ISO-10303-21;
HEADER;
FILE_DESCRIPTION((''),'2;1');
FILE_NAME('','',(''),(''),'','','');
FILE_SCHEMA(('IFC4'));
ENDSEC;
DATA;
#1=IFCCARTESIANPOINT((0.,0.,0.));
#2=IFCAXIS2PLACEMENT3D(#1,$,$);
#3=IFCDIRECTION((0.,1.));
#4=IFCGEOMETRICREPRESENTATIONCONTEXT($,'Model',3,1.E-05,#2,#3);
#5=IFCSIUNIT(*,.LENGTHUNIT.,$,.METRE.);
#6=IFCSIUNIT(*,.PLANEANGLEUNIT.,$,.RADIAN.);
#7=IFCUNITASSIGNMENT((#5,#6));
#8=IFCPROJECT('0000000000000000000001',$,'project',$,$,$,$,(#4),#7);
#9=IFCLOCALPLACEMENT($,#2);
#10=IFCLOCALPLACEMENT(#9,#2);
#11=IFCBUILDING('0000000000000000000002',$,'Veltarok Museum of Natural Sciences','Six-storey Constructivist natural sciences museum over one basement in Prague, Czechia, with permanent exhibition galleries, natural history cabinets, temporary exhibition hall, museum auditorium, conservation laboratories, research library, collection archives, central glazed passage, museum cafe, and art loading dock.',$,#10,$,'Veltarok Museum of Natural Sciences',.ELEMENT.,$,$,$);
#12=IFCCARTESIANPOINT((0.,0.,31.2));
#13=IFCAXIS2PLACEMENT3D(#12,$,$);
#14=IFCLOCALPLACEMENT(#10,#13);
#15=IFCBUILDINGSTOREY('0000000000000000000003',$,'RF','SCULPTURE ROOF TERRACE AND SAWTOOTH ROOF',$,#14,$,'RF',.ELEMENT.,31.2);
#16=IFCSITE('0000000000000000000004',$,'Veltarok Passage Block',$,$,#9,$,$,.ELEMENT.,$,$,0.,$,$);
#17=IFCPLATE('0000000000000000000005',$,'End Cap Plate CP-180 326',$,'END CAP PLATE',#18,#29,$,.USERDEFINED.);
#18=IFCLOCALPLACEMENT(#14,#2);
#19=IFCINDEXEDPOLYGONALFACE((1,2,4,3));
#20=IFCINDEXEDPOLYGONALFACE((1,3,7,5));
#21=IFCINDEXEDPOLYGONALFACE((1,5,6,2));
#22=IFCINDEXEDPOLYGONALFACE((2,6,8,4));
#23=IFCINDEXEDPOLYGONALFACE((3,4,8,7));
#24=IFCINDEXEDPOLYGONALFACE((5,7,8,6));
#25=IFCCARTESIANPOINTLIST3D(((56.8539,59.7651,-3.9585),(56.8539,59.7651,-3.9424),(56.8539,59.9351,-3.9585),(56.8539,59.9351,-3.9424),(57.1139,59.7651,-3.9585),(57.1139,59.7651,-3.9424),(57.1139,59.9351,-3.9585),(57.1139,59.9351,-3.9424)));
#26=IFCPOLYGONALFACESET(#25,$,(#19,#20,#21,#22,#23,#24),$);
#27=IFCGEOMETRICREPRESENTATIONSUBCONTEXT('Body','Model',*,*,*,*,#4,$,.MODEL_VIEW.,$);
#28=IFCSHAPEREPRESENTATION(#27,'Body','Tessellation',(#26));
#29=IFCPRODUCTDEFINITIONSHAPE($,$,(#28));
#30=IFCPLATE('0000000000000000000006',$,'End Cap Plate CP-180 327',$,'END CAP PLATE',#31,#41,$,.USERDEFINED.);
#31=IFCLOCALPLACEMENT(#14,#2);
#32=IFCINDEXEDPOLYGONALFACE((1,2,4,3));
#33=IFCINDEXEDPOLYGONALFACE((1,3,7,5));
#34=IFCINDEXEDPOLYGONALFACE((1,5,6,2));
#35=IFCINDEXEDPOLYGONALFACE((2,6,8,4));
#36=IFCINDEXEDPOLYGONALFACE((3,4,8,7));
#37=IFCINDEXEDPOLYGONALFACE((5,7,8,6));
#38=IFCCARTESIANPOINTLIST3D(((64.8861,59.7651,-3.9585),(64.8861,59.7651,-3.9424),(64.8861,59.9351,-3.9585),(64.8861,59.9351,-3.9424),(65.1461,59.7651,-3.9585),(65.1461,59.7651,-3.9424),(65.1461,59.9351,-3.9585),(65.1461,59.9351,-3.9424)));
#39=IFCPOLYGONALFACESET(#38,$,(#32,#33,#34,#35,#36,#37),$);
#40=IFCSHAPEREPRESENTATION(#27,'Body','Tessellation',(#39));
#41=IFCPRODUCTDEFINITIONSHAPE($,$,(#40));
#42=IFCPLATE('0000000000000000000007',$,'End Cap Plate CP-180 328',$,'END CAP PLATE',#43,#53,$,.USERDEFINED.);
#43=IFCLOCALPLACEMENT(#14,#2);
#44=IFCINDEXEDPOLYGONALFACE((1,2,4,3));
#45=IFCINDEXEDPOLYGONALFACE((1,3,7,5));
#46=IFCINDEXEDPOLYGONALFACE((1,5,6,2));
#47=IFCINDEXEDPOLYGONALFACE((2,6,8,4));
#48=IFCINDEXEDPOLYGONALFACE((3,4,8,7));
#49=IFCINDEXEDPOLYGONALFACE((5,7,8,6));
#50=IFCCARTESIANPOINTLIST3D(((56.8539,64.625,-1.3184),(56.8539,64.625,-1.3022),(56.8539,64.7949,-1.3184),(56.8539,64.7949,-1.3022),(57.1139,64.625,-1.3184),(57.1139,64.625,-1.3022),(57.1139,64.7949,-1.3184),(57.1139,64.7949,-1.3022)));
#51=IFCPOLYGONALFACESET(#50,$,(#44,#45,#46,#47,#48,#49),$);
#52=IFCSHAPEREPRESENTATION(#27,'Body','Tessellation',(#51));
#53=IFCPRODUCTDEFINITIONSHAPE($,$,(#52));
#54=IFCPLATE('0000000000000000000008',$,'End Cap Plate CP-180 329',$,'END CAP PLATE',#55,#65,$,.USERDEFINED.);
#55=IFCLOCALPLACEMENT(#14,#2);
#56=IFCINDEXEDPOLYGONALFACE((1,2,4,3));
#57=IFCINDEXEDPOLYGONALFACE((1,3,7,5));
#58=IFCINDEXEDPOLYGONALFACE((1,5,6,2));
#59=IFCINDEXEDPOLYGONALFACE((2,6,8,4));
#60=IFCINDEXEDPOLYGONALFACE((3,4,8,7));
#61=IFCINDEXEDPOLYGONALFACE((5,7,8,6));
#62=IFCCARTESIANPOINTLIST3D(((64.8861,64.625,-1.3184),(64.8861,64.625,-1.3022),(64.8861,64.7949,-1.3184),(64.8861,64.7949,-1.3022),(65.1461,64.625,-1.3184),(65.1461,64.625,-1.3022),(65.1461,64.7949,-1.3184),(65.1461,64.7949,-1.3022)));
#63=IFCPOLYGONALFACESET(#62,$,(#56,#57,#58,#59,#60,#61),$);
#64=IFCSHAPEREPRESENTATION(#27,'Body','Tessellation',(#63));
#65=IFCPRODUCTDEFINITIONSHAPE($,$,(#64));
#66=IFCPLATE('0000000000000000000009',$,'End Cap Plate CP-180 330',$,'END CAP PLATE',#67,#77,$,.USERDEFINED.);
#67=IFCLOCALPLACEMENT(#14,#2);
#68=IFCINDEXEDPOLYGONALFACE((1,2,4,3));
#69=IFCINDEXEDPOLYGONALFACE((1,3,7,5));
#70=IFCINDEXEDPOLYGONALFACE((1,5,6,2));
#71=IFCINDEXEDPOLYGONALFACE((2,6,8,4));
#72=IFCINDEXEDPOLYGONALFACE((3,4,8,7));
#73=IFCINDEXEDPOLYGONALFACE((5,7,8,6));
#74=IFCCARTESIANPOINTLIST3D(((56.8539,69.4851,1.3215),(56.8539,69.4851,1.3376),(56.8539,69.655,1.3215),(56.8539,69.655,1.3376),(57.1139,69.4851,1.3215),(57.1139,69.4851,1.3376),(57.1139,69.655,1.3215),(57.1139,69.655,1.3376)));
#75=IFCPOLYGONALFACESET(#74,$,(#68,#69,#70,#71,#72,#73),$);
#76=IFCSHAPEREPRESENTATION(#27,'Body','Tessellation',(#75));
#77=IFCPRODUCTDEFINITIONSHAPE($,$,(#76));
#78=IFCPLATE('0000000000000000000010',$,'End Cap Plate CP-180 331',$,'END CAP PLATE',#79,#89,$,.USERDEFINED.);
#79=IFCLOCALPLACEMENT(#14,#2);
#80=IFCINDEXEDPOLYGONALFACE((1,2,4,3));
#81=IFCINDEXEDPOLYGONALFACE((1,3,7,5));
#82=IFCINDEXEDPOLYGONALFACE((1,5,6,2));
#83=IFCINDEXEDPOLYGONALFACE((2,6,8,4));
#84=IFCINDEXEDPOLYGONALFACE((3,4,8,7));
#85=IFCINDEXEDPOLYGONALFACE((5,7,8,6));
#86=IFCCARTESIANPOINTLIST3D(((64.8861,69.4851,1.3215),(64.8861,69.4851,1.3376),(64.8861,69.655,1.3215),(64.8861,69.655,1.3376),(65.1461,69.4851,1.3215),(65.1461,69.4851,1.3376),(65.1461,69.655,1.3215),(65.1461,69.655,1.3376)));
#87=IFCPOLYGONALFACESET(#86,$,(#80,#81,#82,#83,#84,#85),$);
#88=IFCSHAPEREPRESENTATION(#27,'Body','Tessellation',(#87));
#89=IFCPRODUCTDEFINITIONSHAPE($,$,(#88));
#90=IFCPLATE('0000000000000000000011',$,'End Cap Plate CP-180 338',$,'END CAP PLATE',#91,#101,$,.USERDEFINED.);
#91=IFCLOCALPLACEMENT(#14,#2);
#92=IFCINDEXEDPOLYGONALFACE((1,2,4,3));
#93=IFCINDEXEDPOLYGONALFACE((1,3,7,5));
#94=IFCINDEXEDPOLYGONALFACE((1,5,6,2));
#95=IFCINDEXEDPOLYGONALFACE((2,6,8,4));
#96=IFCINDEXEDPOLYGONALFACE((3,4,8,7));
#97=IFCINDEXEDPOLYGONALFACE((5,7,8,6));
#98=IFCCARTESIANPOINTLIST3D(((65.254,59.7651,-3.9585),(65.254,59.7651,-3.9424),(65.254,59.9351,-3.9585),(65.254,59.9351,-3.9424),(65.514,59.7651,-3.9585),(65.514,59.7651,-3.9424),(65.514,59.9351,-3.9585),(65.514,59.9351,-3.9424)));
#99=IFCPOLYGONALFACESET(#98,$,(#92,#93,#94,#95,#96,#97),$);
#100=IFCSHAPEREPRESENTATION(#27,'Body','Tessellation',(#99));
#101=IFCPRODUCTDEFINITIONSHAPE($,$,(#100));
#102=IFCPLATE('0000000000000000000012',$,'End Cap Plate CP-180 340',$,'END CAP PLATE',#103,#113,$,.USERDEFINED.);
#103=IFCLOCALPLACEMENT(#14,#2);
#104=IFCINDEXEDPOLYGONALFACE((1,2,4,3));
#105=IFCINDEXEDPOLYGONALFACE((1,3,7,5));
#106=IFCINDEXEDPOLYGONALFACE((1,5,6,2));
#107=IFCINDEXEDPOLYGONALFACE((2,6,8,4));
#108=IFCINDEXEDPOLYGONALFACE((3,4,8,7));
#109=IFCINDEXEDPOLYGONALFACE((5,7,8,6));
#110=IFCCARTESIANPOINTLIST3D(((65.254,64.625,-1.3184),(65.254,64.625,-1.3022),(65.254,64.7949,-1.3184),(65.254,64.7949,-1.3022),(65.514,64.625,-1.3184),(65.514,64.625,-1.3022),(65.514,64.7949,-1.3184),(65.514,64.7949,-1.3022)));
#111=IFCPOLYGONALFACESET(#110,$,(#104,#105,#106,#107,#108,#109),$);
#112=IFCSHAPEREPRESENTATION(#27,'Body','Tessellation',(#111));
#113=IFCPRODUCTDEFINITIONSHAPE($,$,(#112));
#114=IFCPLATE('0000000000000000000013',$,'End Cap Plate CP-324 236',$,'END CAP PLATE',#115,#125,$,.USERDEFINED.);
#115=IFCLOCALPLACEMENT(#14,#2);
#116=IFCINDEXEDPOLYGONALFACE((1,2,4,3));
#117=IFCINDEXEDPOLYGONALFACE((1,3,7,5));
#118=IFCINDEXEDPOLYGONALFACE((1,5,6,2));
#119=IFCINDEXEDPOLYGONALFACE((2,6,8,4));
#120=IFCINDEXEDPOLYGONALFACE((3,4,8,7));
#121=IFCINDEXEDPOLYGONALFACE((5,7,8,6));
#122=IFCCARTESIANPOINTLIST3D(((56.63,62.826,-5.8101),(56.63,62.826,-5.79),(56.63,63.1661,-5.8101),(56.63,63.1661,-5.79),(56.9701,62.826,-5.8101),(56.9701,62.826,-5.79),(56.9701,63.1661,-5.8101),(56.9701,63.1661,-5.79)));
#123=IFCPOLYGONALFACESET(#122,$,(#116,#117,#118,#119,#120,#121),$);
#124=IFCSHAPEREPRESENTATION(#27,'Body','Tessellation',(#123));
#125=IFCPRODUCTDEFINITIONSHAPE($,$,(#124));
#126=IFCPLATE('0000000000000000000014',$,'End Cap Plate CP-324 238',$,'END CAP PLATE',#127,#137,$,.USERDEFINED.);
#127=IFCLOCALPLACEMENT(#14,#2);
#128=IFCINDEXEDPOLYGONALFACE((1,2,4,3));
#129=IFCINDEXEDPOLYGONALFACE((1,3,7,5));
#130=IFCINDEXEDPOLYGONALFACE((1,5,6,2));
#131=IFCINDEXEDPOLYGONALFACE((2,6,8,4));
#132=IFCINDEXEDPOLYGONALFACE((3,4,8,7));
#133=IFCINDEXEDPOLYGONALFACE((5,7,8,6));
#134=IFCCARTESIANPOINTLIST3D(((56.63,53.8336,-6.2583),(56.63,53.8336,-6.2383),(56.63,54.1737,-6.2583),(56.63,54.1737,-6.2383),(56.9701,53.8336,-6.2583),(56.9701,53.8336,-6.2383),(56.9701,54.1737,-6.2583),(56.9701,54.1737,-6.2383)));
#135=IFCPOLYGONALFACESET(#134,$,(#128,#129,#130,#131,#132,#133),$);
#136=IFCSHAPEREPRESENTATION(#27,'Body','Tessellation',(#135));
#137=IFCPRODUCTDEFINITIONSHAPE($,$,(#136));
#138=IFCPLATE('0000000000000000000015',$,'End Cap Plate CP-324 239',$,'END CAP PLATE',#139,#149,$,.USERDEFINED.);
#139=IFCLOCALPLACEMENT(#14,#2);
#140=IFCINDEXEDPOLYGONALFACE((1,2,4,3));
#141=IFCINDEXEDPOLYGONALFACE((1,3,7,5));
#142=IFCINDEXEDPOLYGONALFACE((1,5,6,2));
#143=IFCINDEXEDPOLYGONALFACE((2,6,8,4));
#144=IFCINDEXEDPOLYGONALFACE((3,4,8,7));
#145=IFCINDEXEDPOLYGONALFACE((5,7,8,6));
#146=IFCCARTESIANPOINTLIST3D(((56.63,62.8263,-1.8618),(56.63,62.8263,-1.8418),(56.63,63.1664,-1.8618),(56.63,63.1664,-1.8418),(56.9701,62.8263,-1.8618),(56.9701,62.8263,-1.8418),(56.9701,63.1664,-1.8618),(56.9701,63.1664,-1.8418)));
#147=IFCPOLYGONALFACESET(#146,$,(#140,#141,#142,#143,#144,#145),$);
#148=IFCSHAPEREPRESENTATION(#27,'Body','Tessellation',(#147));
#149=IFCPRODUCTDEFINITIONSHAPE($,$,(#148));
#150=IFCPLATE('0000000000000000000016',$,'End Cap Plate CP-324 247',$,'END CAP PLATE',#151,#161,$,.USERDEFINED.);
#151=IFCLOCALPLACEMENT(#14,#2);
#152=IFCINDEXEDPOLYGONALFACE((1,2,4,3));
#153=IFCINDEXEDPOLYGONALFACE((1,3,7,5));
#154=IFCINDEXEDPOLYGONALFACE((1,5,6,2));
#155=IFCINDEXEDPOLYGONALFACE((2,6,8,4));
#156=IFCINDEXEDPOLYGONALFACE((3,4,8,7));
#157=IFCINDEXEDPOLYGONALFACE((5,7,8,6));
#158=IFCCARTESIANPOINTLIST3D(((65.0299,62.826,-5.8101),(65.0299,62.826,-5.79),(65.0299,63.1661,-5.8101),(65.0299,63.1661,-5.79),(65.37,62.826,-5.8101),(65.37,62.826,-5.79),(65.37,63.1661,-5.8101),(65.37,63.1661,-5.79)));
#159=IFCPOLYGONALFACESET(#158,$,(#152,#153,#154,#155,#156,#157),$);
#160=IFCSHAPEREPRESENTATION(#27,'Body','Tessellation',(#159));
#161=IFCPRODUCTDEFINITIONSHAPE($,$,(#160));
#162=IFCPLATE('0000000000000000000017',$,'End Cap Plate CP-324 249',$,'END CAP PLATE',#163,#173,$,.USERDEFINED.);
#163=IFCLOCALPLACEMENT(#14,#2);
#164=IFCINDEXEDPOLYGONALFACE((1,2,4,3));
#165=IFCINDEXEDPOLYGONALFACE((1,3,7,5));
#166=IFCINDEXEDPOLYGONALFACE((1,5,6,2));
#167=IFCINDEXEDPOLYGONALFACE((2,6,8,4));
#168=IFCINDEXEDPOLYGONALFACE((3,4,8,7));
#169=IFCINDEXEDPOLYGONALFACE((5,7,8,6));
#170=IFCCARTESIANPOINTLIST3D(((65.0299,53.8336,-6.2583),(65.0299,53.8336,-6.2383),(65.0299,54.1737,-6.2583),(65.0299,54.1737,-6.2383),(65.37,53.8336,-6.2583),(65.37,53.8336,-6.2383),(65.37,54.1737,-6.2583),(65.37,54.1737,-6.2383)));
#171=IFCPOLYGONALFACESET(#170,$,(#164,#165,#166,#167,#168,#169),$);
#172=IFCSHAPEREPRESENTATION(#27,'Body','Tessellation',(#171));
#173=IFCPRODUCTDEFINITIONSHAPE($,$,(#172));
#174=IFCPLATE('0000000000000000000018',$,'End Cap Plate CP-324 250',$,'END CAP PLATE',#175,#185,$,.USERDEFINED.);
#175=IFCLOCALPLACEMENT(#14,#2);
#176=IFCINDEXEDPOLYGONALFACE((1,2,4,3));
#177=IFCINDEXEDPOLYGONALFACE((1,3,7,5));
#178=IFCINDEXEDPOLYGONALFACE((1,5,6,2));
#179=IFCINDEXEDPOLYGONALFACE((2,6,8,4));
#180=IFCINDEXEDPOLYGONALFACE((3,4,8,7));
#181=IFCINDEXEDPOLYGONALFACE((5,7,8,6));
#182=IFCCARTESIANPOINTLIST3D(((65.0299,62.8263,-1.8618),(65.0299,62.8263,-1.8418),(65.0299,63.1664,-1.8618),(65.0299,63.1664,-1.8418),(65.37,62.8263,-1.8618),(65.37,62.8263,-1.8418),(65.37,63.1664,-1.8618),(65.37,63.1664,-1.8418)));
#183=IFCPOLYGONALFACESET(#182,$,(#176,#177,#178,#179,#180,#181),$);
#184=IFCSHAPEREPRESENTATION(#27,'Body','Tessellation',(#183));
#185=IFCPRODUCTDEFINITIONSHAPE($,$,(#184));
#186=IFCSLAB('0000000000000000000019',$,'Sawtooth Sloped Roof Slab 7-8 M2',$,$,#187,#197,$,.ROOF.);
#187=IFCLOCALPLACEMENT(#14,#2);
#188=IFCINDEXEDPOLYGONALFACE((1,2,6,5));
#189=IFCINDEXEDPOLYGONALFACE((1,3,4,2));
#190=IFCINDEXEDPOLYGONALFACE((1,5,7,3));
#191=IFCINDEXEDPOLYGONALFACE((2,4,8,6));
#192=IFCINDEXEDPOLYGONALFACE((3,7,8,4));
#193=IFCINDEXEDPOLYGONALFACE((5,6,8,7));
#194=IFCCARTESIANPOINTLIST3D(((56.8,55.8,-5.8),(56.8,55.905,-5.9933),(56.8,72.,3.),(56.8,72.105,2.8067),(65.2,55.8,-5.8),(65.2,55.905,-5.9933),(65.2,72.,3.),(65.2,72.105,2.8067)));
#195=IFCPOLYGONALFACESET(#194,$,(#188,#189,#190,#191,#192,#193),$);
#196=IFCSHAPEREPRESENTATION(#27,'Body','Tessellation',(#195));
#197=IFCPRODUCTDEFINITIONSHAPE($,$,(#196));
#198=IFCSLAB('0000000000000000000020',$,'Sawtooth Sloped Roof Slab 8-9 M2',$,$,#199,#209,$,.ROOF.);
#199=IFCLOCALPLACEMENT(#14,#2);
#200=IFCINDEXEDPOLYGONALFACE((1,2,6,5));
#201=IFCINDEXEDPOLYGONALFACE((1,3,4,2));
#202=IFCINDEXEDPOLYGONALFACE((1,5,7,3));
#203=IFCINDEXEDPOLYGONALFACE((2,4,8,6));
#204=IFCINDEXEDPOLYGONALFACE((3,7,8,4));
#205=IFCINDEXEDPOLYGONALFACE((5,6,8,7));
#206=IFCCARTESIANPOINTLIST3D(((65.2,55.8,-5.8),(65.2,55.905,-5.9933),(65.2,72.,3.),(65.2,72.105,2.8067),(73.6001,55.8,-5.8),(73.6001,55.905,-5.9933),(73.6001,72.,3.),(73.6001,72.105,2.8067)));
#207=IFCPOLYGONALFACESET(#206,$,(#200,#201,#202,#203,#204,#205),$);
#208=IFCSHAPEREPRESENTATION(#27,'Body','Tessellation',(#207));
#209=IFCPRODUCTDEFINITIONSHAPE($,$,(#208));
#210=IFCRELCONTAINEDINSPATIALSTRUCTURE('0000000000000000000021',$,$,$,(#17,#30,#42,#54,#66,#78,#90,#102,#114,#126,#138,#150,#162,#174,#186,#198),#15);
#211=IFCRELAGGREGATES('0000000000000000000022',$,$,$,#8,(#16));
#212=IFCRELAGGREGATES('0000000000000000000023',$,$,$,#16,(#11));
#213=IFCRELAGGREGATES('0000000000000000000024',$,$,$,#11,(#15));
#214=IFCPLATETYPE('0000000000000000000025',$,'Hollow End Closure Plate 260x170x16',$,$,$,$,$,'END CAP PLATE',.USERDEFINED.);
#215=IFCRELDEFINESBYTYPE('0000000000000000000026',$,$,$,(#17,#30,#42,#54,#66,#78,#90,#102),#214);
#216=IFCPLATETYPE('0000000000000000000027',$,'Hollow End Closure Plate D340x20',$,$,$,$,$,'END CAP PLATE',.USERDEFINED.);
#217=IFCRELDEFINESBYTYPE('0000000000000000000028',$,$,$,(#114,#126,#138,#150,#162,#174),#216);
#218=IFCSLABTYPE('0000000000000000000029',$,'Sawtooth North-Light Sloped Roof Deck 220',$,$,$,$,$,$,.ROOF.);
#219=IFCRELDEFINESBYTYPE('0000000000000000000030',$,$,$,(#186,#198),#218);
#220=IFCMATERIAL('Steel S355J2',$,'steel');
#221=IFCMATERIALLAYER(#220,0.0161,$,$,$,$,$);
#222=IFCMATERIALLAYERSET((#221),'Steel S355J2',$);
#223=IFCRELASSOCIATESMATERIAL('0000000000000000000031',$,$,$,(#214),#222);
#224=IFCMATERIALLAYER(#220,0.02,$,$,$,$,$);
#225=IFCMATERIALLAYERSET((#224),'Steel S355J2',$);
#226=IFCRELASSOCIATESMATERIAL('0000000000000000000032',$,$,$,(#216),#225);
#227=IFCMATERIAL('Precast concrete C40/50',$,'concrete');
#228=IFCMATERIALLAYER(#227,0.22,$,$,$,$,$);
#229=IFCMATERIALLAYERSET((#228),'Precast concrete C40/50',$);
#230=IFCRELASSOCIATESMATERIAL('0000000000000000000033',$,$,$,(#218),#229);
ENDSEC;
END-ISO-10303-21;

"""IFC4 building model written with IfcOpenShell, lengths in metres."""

from ifc_helpers import new_model, si_unit, direction, frame, origin, origin_2d, place, context, subcontext, project, spatial, polyline, rectangle, outline, extrude, material, layer, layer_set, type_object, element, save


model = new_model("IFC4")

# Units and contexts
model_context = context("Model", 3, precision=1e-05, world=origin(), true_north=direction((0.0, 1.0)))
body_context = subcontext(model_context, "Body", "Model", "MODEL_VIEW")
ifc_project = project(units=[si_unit("LENGTHUNIT", "METRE"), si_unit("PLANEANGLEUNIT", "RADIAN")], contexts=[model_context])

# Site, building, storey
site_placement = place(None, origin())
site = spatial("IfcSite", under=ifc_project, at=site_placement, Name="Veltarok Passage Block", CompositionType="ELEMENT", RefElevation=0.0)
building_placement = place(site_placement, origin())
building = spatial("IfcBuilding", under=site, at=building_placement, Name="Veltarok Museum of Natural Sciences", Description="Six-storey Constructivist natural sciences museum over one basement in Prague, Czechia, with permanent exhibition galleries, natural history cabinets, temporary exhibition hall, museum auditorium, conservation laboratories, research library, collection archives, central glazed passage, museum cafe, and art loading dock.", LongName="Veltarok Museum of Natural Sciences", CompositionType="ELEMENT")
storey_placement = place(building_placement, frame((0.0, 0.0, 31.2)))
storey = spatial("IfcBuildingStorey", under=building, at=storey_placement, Name="RF", Description="SCULPTURE ROOF TERRACE AND SAWTOOTH ROOF", LongName="RF", CompositionType="ELEMENT", Elevation=31.2)

# Shared definitions
ifc_material_1 = material(Name="Steel S355J2", Category="steel")

# Plates
ifc_layer_1 = layer(ifc_material_1, 0.0161)
ifc_layer_set_1 = layer_set([ifc_layer_1], Name="Steel S355J2")
plate_type_1 = type_object("IfcPlateType", Name="Hollow End Closure Plate 260x170x16", ElementType="END CAP PLATE", PredefinedType="USERDEFINED", material=ifc_layer_set_1)
for number, where, z_axis, x_axis, name in (
    (1, (56.9839, 59.8501, -3.9585), (0.0, 0.0, 1.0), (1.0, 0.0, 0.0), "End Cap Plate CP-180 326"),
    (2, (65.0161, 59.8501, -3.9585), (0.0, 0.0, 1.0), (1.0, 0.0, 0.0), "End Cap Plate CP-180 327"),
    (3, (56.9839, 64.71, -1.3184), (0.0, 0.0, 1.0), (1.0, 0.0, 0.0), "End Cap Plate CP-180 328"),
    (4, (65.0161, 64.71, -1.3184), (0.0, 0.0, 1.0), (1.0, 0.0, 0.0), "End Cap Plate CP-180 329"),
    (5, (56.9839, 69.5701, 1.3215), (0.0, 0.0, 1.0), (1.0, 0.0, 0.0), "End Cap Plate CP-180 330"),
    (6, (65.0161, 69.5701, 1.3215), (0.0, 0.0, 1.0), (1.0, 0.0, 0.0), "End Cap Plate CP-180 331"),
    (7, (65.384, 59.8501, -3.9585), (0.0, 0.0, 1.0), (1.0, 0.0, 0.0), "End Cap Plate CP-180 338"),
    (8, (65.384, 64.71, -1.3184), (0.0, 0.0, 1.0), (1.0, 0.0, 0.0), "End Cap Plate CP-180 340"),
):
    element("IfcPlate", number, at=place(storey_placement, frame(where, z_axis=z_axis, x_axis=x_axis)), inside=storey, type_object=plate_type_1, Name=name, ObjectType="END CAP PLATE", PredefinedType="USERDEFINED", context=body_context, shape_type="SweptSolid", body=[
        extrude(rectangle(XDim=0.26, YDim=0.1699, at=origin_2d()), origin(), (0.0, 0.0, 1.0), 0.0161),
    ])
ifc_layer_2 = layer(ifc_material_1, 0.02)
ifc_layer_set_2 = layer_set([ifc_layer_2], Name="Steel S355J2")
plate_type_2 = type_object("IfcPlateType", Name="Hollow End Closure Plate D340x20", ElementType="END CAP PLATE", PredefinedType="USERDEFINED", material=ifc_layer_set_2)
for number, where, z_axis, x_axis, name in (
    (9, (56.8, 62.9961, -5.8101), (0.0, 0.0, 1.0), (0.0, 1.0, 0.0), "End Cap Plate CP-324 236"),
    (10, (56.8, 54.0037, -6.2583), (0.0, 0.0, 1.0), (0.0, 1.0, 0.0), "End Cap Plate CP-324 238"),
    (11, (56.8, 62.9963, -1.8618), (0.0, 0.0, 1.0), (0.0, 1.0, 0.0), "End Cap Plate CP-324 239"),
    (12, (65.2, 62.9961, -5.8101), (0.0, 0.0, 1.0), (0.0, 1.0, 0.0), "End Cap Plate CP-324 247"),
    (13, (65.2, 54.0037, -6.2583), (0.0, 0.0, 1.0), (0.0, 1.0, 0.0), "End Cap Plate CP-324 249"),
    (14, (65.2, 62.9963, -1.8618), (0.0, 0.0, 1.0), (0.0, 1.0, 0.0), "End Cap Plate CP-324 250"),
):
    element("IfcPlate", number, at=place(storey_placement, frame(where, z_axis=z_axis, x_axis=x_axis)), inside=storey, type_object=plate_type_2, Name=name, ObjectType="END CAP PLATE", PredefinedType="USERDEFINED", context=body_context, shape_type="SweptSolid", body=[
        extrude(rectangle(XDim=0.3401, YDim=0.3401, at=origin_2d()), origin(), (0.0, 0.0, 1.0), 0.02),
    ])

# Slabs
ifc_material_2 = material(Name="Precast concrete C40/50", Category="concrete")
ifc_layer_3 = layer(ifc_material_2, 0.22)
ifc_layer_set_3 = layer_set([ifc_layer_3], Name="Precast concrete C40/50")
slab_type = type_object("IfcSlabType", Name="Sawtooth North-Light Sloped Roof Deck 220", PredefinedType="ROOF", material=ifc_layer_set_3)
slab_1_placement = place(storey_placement, frame((56.8, 55.8, -5.8), z_axis=(0.0, -0.477334, 0.878722), x_axis=(1.0, 0.0, 0.0)))
element("IfcSlab", 15, at=slab_1_placement, inside=storey, type_object=slab_type, Name="Sawtooth Sloped Roof Slab 7-8 M2", PredefinedType="ROOF", context=body_context, shape_type="SweptSolid", body=[
    extrude(outline(polyline([(0.0, 0.0), (8.3999, 0.0), (8.3999, 18.4358), (0.0, 18.4358), (0.0, 0.0)])), origin(), (0.0, 0.0, -1.0), 0.22),
])
slab_2_placement = place(storey_placement, frame((65.2, 55.8, -5.8), z_axis=(0.0, -0.477334, 0.878722), x_axis=(1.0, 0.0, 0.0)))
element("IfcSlab", 16, at=slab_2_placement, inside=storey, type_object=slab_type, Name="Sawtooth Sloped Roof Slab 8-9 M2", PredefinedType="ROOF", context=body_context, shape_type="SweptSolid", body=[
    extrude(outline(polyline([(0.0, 0.0), (8.4001, 0.0), (8.4001, 18.4358), (0.0, 18.4358), (0.0, 0.0)])), origin(), (0.0, 0.0, -1.0), 0.22),
])

save(model, "model.ifc")
